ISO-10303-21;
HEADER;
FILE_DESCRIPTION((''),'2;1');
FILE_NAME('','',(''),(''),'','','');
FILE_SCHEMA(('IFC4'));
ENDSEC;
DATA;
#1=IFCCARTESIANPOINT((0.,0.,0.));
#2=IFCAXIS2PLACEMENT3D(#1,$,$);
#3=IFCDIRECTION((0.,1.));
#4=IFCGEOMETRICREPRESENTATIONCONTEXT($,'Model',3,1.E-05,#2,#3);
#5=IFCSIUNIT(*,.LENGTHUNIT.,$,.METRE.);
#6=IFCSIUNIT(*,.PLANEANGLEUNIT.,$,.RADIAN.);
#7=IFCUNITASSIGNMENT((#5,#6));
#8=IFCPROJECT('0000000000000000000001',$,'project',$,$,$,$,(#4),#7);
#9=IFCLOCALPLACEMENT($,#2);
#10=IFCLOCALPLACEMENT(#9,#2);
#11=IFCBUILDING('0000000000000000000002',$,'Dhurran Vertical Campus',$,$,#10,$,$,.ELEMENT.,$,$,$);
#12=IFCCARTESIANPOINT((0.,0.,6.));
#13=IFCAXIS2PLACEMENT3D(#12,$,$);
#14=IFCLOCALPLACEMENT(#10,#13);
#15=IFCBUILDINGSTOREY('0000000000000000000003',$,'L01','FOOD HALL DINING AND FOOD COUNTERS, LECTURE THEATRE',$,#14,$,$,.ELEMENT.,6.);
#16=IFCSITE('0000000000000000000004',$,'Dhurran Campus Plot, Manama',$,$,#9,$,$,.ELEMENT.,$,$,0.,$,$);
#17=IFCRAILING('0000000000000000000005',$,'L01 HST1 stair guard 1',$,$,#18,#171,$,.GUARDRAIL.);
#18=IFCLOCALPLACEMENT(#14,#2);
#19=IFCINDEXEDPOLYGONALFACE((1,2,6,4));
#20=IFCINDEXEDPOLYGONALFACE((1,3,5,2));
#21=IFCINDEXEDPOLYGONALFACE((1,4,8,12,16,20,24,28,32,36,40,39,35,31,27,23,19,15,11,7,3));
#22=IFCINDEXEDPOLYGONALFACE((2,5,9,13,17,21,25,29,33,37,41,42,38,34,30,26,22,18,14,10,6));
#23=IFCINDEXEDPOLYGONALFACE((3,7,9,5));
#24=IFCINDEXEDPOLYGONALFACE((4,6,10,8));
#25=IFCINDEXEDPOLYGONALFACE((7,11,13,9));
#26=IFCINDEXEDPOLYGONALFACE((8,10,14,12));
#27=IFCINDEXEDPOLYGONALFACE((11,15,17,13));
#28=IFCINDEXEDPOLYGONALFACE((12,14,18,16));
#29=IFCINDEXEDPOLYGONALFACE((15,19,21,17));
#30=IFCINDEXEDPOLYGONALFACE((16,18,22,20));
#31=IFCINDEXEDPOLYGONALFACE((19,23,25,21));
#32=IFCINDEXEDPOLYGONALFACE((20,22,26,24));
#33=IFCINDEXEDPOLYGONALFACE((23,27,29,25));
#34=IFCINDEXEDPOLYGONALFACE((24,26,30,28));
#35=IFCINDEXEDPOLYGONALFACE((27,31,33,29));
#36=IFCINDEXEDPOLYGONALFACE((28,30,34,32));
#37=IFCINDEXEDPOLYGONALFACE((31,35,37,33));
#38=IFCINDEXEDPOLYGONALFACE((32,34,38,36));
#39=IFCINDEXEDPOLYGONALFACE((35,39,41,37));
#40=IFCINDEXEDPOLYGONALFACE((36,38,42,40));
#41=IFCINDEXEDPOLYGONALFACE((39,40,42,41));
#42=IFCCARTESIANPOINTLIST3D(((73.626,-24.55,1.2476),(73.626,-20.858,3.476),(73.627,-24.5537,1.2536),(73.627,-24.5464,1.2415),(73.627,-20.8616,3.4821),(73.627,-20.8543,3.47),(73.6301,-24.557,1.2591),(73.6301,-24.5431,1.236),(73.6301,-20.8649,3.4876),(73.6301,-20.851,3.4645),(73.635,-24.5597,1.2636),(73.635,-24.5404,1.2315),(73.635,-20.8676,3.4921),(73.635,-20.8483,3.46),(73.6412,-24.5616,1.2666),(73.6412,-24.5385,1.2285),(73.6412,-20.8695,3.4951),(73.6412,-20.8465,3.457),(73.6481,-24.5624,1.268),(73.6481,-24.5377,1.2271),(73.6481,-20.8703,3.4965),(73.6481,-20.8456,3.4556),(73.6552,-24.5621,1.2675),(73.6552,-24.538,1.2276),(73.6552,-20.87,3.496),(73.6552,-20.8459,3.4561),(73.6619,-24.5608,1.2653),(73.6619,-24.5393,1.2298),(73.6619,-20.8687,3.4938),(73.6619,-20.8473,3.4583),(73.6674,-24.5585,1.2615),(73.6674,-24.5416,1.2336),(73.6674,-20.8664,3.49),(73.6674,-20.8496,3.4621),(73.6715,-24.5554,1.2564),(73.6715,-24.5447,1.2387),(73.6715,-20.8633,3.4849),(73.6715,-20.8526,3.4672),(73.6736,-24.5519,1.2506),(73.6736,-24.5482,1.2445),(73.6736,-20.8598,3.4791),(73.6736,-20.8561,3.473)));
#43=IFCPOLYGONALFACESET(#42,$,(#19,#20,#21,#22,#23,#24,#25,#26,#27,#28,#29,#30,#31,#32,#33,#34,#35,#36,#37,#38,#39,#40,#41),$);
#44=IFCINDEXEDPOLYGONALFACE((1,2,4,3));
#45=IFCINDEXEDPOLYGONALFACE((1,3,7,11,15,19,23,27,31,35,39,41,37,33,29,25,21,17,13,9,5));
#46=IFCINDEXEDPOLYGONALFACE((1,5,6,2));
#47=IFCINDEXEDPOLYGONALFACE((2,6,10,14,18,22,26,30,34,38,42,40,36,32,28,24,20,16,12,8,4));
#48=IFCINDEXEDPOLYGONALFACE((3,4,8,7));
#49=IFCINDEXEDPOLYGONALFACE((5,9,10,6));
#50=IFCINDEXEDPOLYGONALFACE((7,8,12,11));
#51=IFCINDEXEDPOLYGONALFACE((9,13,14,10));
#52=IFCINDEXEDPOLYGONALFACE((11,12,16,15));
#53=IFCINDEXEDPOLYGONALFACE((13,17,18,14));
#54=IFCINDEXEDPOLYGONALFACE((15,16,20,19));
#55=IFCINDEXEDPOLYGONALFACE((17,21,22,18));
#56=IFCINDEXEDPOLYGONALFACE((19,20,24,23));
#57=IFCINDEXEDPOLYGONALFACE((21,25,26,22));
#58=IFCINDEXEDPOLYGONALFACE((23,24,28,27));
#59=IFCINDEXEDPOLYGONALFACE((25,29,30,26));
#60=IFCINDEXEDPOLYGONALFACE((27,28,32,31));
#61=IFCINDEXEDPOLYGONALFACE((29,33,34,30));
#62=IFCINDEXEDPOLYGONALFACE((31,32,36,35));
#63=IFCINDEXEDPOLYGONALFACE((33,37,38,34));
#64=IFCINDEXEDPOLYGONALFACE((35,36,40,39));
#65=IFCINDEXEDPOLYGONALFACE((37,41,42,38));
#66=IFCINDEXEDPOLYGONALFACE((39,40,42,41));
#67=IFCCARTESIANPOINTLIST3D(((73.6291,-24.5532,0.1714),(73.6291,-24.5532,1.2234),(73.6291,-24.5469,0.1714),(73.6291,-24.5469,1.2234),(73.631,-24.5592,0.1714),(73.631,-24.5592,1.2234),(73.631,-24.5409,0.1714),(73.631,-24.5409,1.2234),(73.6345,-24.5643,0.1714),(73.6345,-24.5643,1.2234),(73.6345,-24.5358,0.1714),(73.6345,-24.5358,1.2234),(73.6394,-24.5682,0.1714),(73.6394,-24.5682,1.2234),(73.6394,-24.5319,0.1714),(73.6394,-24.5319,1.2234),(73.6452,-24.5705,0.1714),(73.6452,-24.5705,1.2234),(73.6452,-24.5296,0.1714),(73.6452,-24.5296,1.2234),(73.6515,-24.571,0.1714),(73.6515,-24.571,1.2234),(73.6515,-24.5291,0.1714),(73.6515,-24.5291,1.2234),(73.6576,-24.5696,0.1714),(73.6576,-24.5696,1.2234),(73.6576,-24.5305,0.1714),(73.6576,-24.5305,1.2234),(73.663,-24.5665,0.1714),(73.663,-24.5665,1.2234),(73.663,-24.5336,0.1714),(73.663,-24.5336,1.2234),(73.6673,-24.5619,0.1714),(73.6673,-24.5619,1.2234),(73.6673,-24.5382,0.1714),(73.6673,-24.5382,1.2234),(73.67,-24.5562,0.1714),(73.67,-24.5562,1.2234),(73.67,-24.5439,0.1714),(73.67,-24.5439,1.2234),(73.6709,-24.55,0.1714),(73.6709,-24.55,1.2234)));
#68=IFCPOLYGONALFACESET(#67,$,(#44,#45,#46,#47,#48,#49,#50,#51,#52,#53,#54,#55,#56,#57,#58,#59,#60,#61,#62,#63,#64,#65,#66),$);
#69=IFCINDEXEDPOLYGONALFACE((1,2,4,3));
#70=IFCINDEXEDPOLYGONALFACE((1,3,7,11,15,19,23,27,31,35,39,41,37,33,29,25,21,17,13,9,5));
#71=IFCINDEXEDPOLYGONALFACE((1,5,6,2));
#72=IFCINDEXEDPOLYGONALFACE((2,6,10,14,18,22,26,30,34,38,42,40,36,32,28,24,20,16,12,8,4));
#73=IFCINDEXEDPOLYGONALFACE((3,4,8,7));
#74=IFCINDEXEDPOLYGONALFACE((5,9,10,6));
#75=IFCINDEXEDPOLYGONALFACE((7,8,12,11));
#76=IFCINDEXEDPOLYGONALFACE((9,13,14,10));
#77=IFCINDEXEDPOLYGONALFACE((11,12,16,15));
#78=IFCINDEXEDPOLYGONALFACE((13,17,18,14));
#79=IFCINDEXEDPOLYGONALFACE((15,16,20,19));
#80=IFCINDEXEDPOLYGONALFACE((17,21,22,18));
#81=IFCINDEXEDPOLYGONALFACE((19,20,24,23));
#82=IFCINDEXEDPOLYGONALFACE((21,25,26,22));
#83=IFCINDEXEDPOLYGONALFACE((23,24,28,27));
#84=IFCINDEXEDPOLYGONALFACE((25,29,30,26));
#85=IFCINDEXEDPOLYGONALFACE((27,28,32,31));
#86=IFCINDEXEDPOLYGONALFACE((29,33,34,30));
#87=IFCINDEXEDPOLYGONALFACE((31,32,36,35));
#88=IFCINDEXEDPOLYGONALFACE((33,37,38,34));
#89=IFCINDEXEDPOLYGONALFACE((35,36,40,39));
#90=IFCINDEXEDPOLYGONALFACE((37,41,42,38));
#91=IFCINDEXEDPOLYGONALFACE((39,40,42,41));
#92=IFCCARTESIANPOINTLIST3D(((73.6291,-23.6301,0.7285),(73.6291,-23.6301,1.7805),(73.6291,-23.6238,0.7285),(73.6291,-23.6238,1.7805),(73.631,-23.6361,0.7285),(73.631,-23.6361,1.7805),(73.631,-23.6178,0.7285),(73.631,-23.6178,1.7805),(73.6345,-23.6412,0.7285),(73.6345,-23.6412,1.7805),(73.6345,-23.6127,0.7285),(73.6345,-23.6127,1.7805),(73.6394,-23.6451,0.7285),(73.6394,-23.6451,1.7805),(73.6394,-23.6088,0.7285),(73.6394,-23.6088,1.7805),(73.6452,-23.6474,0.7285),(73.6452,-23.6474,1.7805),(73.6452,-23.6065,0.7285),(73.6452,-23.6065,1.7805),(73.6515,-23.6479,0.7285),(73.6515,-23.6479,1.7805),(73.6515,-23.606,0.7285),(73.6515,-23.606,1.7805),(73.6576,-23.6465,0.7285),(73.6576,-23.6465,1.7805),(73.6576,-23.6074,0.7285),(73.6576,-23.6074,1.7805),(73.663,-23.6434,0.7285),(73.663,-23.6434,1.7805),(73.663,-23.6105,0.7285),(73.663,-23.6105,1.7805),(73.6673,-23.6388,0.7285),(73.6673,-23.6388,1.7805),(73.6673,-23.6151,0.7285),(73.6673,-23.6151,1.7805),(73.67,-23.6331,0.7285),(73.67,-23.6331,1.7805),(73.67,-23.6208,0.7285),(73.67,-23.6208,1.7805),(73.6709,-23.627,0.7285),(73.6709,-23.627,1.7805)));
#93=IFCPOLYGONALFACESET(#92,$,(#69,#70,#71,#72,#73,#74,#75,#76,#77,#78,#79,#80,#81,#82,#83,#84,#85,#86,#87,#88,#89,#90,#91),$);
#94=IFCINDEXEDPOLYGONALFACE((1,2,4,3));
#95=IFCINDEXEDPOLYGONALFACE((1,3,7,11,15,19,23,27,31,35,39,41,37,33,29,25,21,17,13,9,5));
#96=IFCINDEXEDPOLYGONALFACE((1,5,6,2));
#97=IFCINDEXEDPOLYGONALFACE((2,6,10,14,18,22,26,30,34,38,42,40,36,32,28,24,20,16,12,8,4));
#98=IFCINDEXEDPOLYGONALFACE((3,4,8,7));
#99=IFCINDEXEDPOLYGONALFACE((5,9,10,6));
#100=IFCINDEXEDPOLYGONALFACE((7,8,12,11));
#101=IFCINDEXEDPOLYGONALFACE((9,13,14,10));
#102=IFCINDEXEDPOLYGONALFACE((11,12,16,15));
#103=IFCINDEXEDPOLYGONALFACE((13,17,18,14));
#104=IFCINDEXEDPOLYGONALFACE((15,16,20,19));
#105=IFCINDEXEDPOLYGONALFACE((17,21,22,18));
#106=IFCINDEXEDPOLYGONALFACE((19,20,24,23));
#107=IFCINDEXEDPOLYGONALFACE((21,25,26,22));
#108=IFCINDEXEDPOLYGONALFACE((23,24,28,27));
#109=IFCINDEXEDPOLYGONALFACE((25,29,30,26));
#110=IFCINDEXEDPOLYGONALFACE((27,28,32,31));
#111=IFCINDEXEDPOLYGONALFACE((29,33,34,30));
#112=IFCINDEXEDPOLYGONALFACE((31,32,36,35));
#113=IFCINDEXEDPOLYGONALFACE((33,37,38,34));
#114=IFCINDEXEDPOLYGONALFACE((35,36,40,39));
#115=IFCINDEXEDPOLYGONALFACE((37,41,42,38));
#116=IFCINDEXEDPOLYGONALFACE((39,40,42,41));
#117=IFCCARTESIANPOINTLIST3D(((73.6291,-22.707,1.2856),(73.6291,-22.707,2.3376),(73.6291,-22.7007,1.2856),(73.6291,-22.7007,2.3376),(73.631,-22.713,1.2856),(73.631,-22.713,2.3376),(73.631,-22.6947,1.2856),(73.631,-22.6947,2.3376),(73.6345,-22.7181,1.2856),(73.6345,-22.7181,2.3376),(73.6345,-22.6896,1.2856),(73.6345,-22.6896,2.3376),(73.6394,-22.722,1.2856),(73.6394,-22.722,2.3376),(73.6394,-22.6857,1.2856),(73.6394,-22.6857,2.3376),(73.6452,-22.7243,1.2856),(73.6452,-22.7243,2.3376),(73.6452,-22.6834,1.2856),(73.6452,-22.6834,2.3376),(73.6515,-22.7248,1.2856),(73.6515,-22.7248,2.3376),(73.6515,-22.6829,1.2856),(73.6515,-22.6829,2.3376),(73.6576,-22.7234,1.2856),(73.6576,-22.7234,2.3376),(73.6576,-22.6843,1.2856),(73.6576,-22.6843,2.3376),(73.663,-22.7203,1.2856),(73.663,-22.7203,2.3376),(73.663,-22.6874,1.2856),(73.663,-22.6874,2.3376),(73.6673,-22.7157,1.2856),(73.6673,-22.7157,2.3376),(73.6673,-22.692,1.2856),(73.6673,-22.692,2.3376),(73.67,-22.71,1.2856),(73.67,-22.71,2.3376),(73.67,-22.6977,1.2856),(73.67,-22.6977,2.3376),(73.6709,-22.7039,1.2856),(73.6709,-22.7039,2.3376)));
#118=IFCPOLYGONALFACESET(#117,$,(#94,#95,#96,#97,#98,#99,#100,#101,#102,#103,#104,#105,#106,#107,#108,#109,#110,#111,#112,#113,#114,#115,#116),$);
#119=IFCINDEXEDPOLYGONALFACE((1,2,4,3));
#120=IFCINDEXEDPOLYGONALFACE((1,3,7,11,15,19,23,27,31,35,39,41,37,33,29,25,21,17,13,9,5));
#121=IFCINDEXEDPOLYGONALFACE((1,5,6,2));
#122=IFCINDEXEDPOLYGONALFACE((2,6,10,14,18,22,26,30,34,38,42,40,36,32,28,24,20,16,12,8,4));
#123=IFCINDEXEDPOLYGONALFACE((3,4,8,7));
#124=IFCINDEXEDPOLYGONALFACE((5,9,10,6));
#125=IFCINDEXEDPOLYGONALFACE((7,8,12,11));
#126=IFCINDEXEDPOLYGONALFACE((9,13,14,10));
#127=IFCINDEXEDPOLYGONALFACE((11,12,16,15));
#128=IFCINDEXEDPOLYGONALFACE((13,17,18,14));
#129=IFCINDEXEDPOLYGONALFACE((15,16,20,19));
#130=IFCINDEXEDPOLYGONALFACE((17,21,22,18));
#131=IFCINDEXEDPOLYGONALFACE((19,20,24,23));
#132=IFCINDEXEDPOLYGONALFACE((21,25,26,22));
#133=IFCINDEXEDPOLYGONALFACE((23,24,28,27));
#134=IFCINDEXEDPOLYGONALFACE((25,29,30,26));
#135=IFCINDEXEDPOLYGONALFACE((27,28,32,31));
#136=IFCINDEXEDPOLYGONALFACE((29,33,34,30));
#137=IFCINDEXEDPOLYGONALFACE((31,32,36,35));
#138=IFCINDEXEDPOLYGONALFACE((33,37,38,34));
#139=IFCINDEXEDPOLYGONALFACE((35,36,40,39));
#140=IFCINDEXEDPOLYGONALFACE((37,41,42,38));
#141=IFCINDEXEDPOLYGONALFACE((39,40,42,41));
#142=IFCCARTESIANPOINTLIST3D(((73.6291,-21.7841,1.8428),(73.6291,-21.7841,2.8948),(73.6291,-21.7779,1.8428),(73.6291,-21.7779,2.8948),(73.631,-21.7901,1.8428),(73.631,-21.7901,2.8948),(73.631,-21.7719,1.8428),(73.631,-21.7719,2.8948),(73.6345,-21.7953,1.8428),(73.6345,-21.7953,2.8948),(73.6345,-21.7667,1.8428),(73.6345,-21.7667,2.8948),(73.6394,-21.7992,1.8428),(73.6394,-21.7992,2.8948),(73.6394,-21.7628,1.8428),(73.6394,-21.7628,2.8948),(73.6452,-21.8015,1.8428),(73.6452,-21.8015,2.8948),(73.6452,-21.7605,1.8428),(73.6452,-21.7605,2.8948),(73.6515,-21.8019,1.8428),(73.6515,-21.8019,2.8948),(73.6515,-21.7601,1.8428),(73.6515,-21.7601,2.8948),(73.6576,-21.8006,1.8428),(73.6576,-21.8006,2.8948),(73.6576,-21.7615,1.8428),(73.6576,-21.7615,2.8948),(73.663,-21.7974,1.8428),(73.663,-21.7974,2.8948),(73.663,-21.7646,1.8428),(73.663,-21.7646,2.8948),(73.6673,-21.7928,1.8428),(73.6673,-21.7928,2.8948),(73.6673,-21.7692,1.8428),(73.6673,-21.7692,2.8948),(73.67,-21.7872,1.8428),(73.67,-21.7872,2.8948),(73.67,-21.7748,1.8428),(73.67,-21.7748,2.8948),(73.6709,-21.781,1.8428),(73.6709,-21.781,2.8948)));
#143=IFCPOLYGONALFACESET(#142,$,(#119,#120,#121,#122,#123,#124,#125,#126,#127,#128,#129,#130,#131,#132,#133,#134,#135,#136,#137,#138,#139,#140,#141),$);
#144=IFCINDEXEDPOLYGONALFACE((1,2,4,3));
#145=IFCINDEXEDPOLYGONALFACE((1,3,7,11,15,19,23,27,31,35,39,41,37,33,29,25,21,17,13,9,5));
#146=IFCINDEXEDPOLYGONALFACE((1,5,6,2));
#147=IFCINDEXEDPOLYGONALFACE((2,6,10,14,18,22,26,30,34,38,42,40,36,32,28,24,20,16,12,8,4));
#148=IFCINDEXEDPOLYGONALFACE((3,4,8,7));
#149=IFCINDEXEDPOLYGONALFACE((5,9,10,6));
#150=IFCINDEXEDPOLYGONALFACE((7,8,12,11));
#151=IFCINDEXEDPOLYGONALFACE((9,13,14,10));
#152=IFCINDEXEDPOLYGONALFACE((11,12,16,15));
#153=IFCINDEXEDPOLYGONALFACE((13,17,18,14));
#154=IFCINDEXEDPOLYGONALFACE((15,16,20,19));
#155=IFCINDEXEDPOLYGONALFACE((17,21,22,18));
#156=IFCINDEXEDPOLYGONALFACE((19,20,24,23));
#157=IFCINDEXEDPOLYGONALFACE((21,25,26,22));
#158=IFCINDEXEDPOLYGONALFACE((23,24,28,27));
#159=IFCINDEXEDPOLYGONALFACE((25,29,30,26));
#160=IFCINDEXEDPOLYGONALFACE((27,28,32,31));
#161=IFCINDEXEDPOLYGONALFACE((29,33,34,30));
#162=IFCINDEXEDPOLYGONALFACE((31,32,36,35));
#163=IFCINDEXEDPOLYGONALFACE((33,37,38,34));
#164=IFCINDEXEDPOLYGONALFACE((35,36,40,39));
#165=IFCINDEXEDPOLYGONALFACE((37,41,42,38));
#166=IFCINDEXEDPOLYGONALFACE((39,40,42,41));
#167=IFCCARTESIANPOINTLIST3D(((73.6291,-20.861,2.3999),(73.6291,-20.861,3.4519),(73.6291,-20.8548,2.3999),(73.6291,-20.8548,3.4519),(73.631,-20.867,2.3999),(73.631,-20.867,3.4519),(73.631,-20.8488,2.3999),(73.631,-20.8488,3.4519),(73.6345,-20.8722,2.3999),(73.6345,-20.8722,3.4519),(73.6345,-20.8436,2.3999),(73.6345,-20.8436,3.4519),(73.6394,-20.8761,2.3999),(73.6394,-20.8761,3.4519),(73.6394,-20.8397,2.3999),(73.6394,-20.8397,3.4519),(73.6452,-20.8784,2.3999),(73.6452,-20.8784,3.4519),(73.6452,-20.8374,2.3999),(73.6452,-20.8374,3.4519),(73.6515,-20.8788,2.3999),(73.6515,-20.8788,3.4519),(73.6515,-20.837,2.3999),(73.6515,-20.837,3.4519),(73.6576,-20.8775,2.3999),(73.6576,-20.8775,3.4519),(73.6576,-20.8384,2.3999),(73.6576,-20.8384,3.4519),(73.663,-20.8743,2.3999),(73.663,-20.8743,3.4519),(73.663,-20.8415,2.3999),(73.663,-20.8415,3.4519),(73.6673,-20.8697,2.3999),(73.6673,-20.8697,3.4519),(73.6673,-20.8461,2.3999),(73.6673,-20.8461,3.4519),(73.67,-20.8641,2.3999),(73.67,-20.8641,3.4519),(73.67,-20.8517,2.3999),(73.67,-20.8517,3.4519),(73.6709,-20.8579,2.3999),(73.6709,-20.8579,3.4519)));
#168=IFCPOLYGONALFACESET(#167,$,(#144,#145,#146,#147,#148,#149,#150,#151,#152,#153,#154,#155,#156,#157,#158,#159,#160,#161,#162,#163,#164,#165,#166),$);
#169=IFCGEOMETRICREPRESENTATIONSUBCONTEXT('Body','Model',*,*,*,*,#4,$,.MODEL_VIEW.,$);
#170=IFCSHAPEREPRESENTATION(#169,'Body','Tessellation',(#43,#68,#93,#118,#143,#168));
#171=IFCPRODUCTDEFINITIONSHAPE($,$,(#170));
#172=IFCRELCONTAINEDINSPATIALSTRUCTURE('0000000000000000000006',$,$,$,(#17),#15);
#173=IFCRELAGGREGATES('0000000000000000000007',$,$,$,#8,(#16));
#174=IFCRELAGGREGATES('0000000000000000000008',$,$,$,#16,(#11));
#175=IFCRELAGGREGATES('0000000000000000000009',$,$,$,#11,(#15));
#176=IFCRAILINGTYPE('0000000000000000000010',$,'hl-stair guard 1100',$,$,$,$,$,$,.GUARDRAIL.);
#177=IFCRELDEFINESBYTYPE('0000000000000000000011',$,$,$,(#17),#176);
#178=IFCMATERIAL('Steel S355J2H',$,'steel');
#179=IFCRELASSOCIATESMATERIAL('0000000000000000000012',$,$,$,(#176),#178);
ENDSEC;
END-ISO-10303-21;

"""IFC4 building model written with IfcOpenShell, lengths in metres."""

from ifc_helpers import new_model, si_unit, direction, frame, origin, origin_2d, place, context, subcontext, project, spatial, circle, extrude, material, type_object, element, save


model = new_model("IFC4")

# Units and contexts
model_context = context("Model", 3, precision=1e-05, world=origin(), true_north=direction((0.0, 1.0)))
body_context = subcontext(model_context, "Body", "Model", "MODEL_VIEW")
ifc_project = project(units=[si_unit("LENGTHUNIT", "METRE"), si_unit("PLANEANGLEUNIT", "RADIAN")], contexts=[model_context])

# Site, building, storey
site_placement = place(None, origin())
site = spatial("IfcSite", under=ifc_project, at=site_placement, Name="Dhurran Campus Plot, Manama", CompositionType="ELEMENT", RefElevation=0.0)
building_placement = place(site_placement, origin())
building = spatial("IfcBuilding", under=site, at=building_placement, Name="Dhurran Vertical Campus", CompositionType="ELEMENT")
storey_placement = place(building_placement, frame((0.0, 0.0, 6.0)))
storey = spatial("IfcBuildingStorey", under=building, at=storey_placement, Name="L01", Description="FOOD HALL DINING AND FOOD COUNTERS, LECTURE THEATRE", CompositionType="ELEMENT", Elevation=6.0)

# Railing
ifc_material_1 = material(Name="Steel S355J2H", Category="steel")
railing_type_1 = type_object("IfcRailingType", Name="hl-stair guard 1100", PredefinedType="GUARDRAIL", material=ifc_material_1)
railing_1_placement = place(storey_placement, frame((73.6499, -24.55, 0.1714)))
element("IfcRailing", 1, at=railing_1_placement, inside=storey, type_object=railing_type_1, Name="L01 HST1 stair guard 1", PredefinedType="GUARDRAIL", context=body_context, shape_type="SweptSolid", body=[
    extrude(circle(Radius=0.0239, at=origin_2d()), frame((0.0, 0.0, 1.0762), z_axis=(0.0, 0.856136, 0.51675), x_axis=(-1.0, 0.0, 0.0)), (0.0, 0.0, 1.0), 4.3125),
    extrude(circle(Radius=0.021, at=origin_2d()), origin(), (0.0, 0.0, 1.0), 1.052),
    extrude(circle(Radius=0.021, at=origin_2d()), frame((0.0, 0.9231, 0.5571)), (0.0, 0.0, 1.0), 1.052),
    extrude(circle(Radius=0.021, at=origin_2d()), frame((0.0, 1.8462, 1.1143)), (0.0, 0.0, 1.0), 1.052),
    extrude(circle(Radius=0.021, at=origin_2d()), frame((0.0, 2.769, 1.6714)), (0.0, 0.0, 1.0), 1.052),
    extrude(circle(Radius=0.021, at=origin_2d()), frame((0.0, 3.6921, 2.2285)), (0.0, 0.0, 1.0), 1.052),
])

save(model, "model.ifc")
